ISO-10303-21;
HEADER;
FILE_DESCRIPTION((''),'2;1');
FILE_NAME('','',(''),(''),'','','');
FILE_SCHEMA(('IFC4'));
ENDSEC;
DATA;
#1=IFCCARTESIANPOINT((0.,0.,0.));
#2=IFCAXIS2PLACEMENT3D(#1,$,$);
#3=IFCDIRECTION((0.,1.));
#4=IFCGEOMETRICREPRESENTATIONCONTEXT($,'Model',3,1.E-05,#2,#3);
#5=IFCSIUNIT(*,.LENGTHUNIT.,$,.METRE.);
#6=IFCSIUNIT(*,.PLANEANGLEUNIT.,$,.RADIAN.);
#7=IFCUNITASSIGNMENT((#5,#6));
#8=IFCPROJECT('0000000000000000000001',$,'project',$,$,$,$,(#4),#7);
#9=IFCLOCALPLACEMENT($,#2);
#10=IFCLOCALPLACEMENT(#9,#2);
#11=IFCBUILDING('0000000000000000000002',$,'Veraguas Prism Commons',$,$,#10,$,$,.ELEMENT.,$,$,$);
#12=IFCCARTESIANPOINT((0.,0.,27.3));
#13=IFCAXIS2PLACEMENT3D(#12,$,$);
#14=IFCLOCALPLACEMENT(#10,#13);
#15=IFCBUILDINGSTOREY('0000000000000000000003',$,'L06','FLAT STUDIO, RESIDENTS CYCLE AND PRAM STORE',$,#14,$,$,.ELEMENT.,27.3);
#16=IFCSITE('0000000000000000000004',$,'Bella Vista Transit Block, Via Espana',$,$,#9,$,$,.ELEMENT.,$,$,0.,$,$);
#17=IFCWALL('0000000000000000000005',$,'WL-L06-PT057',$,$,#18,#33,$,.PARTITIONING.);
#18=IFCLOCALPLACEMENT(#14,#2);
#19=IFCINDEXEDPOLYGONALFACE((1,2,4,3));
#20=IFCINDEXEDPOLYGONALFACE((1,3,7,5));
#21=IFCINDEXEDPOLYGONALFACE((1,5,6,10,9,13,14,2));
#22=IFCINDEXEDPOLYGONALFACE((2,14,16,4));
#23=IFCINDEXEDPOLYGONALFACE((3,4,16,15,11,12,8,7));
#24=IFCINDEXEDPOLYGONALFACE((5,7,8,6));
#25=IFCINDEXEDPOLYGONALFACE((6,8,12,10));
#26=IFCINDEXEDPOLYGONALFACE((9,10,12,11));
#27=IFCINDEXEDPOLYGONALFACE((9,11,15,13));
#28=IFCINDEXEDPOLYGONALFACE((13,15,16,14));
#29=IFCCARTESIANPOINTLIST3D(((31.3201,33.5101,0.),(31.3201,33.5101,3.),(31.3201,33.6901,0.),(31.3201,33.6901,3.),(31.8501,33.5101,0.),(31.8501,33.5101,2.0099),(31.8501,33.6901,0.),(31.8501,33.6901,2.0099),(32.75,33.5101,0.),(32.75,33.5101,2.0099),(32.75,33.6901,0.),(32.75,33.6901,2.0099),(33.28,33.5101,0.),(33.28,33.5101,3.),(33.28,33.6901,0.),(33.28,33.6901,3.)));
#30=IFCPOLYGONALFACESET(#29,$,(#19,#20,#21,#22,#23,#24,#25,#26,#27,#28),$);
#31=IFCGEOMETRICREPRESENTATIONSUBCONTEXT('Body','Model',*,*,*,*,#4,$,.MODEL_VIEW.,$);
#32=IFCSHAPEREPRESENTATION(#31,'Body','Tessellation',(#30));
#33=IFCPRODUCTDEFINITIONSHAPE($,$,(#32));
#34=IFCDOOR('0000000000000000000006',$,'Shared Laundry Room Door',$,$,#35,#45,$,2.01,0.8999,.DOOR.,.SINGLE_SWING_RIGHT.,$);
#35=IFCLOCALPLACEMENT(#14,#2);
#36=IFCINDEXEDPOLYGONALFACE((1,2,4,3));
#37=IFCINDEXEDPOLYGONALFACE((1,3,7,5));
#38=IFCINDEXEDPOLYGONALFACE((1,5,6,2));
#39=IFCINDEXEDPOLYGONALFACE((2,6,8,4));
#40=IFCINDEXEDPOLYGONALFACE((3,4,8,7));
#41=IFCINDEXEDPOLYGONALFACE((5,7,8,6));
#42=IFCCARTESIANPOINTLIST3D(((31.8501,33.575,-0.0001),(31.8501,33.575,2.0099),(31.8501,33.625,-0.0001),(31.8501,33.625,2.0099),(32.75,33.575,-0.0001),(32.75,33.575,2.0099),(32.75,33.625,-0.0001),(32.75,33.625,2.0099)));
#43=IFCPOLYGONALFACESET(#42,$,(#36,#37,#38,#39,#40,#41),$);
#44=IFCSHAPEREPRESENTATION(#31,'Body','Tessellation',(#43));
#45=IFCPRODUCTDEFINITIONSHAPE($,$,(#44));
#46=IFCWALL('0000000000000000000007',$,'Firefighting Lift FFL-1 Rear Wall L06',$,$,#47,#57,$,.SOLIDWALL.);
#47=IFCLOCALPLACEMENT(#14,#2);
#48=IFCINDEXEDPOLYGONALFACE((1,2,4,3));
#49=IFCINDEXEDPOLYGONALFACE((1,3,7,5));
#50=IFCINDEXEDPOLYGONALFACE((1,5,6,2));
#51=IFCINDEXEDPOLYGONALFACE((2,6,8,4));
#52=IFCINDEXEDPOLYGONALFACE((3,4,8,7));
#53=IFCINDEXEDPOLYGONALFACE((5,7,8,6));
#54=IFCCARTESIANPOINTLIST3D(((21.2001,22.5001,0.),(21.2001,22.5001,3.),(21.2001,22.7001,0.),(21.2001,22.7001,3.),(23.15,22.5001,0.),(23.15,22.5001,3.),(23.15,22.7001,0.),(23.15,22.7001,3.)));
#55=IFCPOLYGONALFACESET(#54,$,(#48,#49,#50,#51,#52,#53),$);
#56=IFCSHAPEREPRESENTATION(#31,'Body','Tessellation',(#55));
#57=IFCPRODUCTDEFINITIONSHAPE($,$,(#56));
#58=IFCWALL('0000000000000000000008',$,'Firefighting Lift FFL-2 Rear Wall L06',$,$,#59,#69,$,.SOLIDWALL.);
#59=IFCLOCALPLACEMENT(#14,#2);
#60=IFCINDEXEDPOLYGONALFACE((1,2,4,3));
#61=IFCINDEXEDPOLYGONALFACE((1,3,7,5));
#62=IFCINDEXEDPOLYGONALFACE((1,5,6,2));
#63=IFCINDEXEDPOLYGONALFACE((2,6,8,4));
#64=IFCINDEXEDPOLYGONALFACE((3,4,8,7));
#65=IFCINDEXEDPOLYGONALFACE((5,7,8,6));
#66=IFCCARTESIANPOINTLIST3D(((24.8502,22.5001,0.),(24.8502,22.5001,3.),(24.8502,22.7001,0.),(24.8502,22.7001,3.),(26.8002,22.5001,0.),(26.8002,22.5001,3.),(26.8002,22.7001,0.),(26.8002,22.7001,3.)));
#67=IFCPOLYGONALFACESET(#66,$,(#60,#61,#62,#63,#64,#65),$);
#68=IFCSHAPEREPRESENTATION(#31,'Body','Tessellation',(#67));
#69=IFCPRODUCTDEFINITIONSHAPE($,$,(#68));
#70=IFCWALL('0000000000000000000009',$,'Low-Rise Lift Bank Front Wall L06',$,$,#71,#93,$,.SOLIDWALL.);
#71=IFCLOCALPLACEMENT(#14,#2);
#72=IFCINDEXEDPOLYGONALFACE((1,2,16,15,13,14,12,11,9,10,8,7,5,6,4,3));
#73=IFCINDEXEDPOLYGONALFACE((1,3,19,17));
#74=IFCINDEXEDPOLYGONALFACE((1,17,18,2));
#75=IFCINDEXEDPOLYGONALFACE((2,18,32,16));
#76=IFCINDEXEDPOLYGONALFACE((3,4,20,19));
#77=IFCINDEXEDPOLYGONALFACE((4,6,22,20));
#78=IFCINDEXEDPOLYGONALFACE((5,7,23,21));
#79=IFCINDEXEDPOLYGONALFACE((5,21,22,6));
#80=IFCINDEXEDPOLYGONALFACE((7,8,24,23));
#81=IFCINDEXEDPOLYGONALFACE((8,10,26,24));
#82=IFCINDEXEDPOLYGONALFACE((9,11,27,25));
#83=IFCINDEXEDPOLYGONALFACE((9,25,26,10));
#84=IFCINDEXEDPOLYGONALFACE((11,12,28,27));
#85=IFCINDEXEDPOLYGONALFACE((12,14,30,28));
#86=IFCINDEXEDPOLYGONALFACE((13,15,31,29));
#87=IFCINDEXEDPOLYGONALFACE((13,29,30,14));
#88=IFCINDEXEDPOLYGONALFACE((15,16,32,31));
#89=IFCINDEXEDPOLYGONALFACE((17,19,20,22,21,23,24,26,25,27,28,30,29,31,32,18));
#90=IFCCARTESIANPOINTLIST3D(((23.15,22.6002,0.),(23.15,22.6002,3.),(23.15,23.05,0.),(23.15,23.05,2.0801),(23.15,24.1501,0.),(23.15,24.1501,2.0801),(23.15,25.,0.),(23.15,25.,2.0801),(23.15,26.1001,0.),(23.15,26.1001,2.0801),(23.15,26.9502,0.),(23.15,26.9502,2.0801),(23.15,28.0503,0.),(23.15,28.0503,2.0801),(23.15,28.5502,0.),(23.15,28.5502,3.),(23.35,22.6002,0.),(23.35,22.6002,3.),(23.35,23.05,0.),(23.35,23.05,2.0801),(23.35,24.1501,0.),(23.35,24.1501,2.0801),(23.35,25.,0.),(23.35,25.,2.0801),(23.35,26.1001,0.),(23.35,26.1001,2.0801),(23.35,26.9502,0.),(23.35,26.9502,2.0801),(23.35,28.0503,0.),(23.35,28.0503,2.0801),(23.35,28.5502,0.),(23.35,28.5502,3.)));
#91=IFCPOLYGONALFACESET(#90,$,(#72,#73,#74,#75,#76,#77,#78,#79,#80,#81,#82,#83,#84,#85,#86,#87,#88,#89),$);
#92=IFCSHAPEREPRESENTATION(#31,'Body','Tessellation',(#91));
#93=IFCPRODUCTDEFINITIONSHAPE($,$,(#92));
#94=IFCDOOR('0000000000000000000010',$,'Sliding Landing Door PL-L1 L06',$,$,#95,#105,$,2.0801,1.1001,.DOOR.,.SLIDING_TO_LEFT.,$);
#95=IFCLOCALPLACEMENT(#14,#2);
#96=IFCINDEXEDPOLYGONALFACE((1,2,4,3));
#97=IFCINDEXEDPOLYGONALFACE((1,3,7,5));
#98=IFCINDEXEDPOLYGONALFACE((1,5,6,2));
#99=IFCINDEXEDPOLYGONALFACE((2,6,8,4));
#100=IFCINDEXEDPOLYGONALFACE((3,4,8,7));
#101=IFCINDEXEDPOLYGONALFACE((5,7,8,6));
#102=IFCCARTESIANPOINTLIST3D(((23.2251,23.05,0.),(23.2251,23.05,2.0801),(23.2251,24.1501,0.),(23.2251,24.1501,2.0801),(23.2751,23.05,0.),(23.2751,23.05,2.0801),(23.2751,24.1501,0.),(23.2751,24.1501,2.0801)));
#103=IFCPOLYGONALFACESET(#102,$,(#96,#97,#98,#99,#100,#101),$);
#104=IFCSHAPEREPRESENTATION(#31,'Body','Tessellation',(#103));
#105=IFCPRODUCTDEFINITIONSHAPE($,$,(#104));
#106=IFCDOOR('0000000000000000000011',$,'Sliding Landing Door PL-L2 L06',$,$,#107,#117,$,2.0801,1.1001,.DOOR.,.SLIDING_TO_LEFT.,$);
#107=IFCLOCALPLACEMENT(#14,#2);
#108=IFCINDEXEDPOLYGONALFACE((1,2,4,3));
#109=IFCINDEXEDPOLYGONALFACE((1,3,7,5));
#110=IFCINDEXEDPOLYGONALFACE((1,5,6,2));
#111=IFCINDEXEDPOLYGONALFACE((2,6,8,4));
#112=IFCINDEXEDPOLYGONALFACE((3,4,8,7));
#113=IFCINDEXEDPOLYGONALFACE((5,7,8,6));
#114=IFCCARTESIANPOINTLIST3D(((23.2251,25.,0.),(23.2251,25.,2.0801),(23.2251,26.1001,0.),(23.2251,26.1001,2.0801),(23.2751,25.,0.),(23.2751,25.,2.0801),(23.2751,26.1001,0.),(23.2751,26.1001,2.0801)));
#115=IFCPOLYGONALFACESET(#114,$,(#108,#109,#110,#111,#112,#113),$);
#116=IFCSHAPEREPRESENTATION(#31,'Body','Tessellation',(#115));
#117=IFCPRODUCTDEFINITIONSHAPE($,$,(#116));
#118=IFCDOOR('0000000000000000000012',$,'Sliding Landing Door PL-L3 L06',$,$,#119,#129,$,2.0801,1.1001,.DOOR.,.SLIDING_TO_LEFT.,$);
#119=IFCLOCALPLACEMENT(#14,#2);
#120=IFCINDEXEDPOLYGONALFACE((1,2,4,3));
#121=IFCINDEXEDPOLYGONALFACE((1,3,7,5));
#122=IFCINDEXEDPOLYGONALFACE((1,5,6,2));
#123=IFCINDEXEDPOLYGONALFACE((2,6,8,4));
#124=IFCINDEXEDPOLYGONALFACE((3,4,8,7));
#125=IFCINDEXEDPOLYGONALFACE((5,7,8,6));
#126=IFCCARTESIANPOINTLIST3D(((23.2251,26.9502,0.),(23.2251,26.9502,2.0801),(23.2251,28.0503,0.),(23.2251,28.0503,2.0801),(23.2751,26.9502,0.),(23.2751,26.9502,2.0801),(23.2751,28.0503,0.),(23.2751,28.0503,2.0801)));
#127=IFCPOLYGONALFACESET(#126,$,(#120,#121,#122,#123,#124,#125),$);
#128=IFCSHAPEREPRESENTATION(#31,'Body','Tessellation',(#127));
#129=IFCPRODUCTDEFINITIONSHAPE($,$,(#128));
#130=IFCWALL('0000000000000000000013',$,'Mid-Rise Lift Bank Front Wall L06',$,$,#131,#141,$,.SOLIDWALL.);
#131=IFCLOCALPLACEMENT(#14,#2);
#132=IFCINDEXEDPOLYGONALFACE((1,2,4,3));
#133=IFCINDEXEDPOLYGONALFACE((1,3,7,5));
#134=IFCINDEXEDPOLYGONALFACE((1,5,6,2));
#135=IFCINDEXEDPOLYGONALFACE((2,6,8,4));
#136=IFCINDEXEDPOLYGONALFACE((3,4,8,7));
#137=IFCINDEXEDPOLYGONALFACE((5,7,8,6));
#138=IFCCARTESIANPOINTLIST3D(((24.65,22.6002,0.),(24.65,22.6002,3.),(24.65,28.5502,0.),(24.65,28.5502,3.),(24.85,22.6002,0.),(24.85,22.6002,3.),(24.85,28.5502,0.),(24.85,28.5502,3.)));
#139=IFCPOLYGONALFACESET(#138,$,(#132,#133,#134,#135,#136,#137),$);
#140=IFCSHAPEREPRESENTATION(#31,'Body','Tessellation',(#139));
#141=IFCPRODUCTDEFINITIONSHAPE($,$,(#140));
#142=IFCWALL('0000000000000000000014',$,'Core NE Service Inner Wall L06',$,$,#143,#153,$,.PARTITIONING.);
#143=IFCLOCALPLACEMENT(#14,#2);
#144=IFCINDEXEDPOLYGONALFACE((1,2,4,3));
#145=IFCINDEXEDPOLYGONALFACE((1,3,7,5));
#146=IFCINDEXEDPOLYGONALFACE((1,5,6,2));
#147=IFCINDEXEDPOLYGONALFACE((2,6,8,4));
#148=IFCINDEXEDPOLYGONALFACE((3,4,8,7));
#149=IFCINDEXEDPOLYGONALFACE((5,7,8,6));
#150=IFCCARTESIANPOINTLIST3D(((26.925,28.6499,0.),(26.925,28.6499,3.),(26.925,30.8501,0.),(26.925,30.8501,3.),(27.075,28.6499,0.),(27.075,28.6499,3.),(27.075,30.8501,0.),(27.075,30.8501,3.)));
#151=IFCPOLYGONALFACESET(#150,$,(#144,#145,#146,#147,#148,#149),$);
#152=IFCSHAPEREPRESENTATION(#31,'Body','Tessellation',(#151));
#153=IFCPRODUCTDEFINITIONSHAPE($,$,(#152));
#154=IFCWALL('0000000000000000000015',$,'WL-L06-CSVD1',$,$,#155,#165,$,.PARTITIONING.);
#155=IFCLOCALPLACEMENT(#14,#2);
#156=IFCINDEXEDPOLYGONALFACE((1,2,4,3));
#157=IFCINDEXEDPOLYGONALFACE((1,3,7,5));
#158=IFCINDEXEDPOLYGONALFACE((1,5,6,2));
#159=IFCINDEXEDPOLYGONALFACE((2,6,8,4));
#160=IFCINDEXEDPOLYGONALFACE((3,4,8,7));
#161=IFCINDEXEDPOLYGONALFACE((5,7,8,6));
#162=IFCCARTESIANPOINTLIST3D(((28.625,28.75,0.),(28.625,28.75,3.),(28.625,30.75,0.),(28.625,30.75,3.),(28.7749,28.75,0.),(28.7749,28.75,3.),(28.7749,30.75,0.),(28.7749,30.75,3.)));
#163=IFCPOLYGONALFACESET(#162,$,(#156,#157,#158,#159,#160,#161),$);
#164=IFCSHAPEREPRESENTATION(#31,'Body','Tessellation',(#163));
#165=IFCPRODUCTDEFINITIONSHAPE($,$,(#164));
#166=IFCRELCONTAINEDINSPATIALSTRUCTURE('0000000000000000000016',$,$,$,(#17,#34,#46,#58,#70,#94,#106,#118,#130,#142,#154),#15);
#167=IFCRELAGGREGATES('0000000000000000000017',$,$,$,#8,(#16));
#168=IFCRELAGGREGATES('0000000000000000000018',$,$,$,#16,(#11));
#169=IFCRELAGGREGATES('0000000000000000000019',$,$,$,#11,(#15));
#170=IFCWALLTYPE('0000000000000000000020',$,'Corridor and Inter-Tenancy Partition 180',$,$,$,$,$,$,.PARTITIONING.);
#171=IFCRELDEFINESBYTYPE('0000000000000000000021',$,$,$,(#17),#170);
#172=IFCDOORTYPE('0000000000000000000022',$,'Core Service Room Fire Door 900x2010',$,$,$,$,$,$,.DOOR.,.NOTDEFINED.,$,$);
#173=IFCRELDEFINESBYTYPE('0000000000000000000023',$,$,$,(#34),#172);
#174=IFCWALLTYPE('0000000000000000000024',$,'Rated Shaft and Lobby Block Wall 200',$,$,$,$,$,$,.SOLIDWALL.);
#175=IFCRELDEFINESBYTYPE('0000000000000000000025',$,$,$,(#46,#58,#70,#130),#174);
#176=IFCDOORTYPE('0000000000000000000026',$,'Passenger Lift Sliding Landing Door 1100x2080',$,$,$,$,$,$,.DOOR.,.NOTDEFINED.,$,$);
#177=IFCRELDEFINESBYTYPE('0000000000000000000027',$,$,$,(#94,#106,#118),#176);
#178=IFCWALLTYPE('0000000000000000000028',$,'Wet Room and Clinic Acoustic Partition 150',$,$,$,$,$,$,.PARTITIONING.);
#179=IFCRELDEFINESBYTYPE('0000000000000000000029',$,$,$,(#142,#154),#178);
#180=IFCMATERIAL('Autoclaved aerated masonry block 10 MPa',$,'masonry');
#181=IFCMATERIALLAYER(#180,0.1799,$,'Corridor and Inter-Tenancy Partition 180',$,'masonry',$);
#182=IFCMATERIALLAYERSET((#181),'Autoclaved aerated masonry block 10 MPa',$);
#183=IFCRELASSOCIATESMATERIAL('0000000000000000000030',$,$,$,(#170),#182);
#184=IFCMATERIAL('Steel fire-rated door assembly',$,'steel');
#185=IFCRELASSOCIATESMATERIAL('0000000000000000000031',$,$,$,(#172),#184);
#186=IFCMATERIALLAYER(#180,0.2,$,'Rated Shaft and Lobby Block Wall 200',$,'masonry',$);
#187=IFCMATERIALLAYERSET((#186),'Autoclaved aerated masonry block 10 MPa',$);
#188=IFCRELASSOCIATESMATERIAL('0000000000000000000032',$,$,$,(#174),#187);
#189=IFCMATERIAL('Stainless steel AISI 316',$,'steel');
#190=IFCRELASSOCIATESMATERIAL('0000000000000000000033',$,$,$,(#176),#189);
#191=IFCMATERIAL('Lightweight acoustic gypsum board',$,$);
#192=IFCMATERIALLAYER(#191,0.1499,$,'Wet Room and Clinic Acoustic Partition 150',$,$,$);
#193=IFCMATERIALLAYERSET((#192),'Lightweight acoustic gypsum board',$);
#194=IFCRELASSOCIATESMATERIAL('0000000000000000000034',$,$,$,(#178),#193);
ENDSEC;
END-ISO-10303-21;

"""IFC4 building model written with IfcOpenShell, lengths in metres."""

from ifc_helpers import new_model, si_unit, direction, frame, frame_2d, origin, place, context, subcontext, project, spatial, rectangle, extrude, source, transform, mapped, material, layer, layer_set, type_object, element, fill, save


model = new_model("IFC4")

# Units and contexts
model_context = context("Model", 3, precision=1e-05, world=origin(), true_north=direction((0.0, 1.0)))
body_context = subcontext(model_context, "Body", "Model", "MODEL_VIEW")
ifc_project = project(units=[si_unit("LENGTHUNIT", "METRE"), si_unit("PLANEANGLEUNIT", "RADIAN")], contexts=[model_context])

# Site, building, storey
site_placement = place(None, origin())
site = spatial("IfcSite", under=ifc_project, at=site_placement, Name="Bella Vista Transit Block, Via Espana", CompositionType="ELEMENT", RefElevation=0.0)
building_placement = place(site_placement, origin())
building = spatial("IfcBuilding", under=site, at=building_placement, Name="Veraguas Prism Commons", CompositionType="ELEMENT")
storey_placement = place(building_placement, frame((0.0, 0.0, 27.3)))
storey = spatial("IfcBuildingStorey", under=building, at=storey_placement, Name="L06", Description="FLAT STUDIO, RESIDENTS CYCLE AND PRAM STORE", CompositionType="ELEMENT", Elevation=27.3)

# Shared definitions
ifc_material_1 = material(Name="Steel fire-rated door assembly", Category="steel")

# Wall, opening, door
ifc_material_2 = material(Name="Autoclaved aerated masonry block 10 MPa", Category="masonry")
ifc_layer_1 = layer(ifc_material_2, 0.1799, Name="Corridor and Inter-Tenancy Partition 180", Category="masonry")
ifc_layer_set_1 = layer_set([ifc_layer_1], Name="Autoclaved aerated masonry block 10 MPa")
wall_type_1 = type_object("IfcWallType", Name="Corridor and Inter-Tenancy Partition 180", PredefinedType="PARTITIONING", material=ifc_layer_set_1)
wall_1_placement = place(storey_placement, frame((31.3201, 33.6001, 0.0), z_axis=(0.0, 0.0, 1.0), x_axis=(1.0, 0.0, 0.0)))
wall_1 = element("IfcWall", 1, at=wall_1_placement, inside=storey, type_object=wall_type_1, Name="WL-L06-PT057", PredefinedType="PARTITIONING", context=body_context, shape_type="SweptSolid", body=[
    extrude(rectangle(XDim=1.96, YDim=0.1799, at=frame_2d((0.98, 0.0))), origin(), (0.0, 0.0, 1.0), 3.0),
])
opening_1_placement = place(wall_1_placement, frame((0.53, 0.0, 0.0)))
opening_1 = element("IfcOpeningElement", 2, at=opening_1_placement, cuts=wall_1, PredefinedType="OPENING", context=body_context, shape_type="SweptSolid", body=[
    extrude(rectangle(XDim=0.8999, YDim=2.01, at=frame_2d((0.45, 1.0049))), frame((0.0, 0.0999, 0.0), z_axis=(0.0, -1.0, 0.0), x_axis=(1.0, 0.0, 0.0)), (0.0, 0.0, 1.0), 0.2),
])
door_type_1 = type_object("IfcDoorType", Name="Core Service Room Fire Door 900x2010", OperationType="NOTDEFINED", PredefinedType="DOOR", material=ifc_material_1)
shared_shape_1 = source(origin(), body_context, "Body", "SweptSolid", [
    extrude(rectangle(XDim=0.8999, YDim=2.01, at=frame_2d((0.45, 1.0049))), frame((0.0, 0.0249, 0.0), z_axis=(0.0, -1.0, 0.0), x_axis=(1.0, 0.0, 0.0)), (0.0, 0.0, 1.0), 0.05),
])
door_1_placement = place(opening_1_placement, origin())
door_1 = element("IfcDoor", 3, at=door_1_placement, inside=storey, type_object=door_type_1, Name="Shared Laundry Room Door", OperationType="SINGLE_SWING_RIGHT", OverallHeight=2.01, OverallWidth=0.8999, PredefinedType="DOOR", context=body_context, shape_type="MappedRepresentation", body=[
    mapped(shared_shape_1, transform((0.0, 0.0, 0.0), scale=1.0)),
])
fill(opening_1, door_1)

# Walls
ifc_layer_2 = layer(ifc_material_2, 0.2, Name="Rated Shaft and Lobby Block Wall 200", Category="masonry")
ifc_layer_set_2 = layer_set([ifc_layer_2], Name="Autoclaved aerated masonry block 10 MPa")
wall_type_2 = type_object("IfcWallType", Name="Rated Shaft and Lobby Block Wall 200", PredefinedType="SOLIDWALL", material=ifc_layer_set_2)
for number, where, z_axis, x_axis, name in (
    (4, (21.2, 22.6001, 0.0), (0.0, 0.0, 1.0), (1.0, 0.0, 0.0), "Firefighting Lift FFL-1 Rear Wall L06"),
    (5, (24.8501, 22.6001, 0.0), (0.0, 0.0, 1.0), (1.0, 0.0, 0.0), "Firefighting Lift FFL-2 Rear Wall L06"),
):
    element("IfcWall", number, at=place(storey_placement, frame(where, z_axis=z_axis, x_axis=x_axis)), inside=storey, type_object=wall_type_2, Name=name, PredefinedType="SOLIDWALL", context=body_context, shape_type="SweptSolid", body=[
        extrude(rectangle(XDim=1.95, YDim=0.2, at=frame_2d((0.9751, 0.0))), origin(), (0.0, 0.0, 1.0), 3.0),
    ])

# Wall, openings, doors
wall_2_placement = place(storey_placement, frame((23.25, 22.6001, 0.0), z_axis=(0.0, 0.0, 1.0), x_axis=(0.0, 1.0, 0.0)))
wall_2 = element("IfcWall", 6, at=wall_2_placement, inside=storey, type_object=wall_type_2, Name="Low-Rise Lift Bank Front Wall L06", PredefinedType="SOLIDWALL", context=body_context, shape_type="SweptSolid", body=[
    extrude(rectangle(XDim=5.95, YDim=0.2, at=frame_2d((2.9751, 0.0))), origin(), (0.0, 0.0, 1.0), 3.0),
])
opening_2_placement = place(wall_2_placement, frame((0.45, 0.0, 0.0)))
opening_2 = element("IfcOpeningElement", 7, at=opening_2_placement, cuts=wall_2, PredefinedType="OPENING", context=body_context, shape_type="SweptSolid", body=[
    extrude(rectangle(XDim=1.1001, YDim=2.0801, at=frame_2d((0.55, 1.04))), frame((0.0, 0.1099, 0.0), z_axis=(0.0, -1.0, 0.0), x_axis=(1.0, 0.0, 0.0)), (0.0, 0.0, 1.0), 0.22),
])
opening_3_placement = place(wall_2_placement, frame((2.3999, 0.0, 0.0)))
opening_3 = element("IfcOpeningElement", 8, at=opening_3_placement, cuts=wall_2, PredefinedType="OPENING", context=body_context, shape_type="SweptSolid", body=[
    extrude(rectangle(XDim=1.1001, YDim=2.0801, at=frame_2d((0.55, 1.04))), frame((0.0, 0.1099, 0.0), z_axis=(0.0, -1.0, 0.0), x_axis=(1.0, 0.0, 0.0)), (0.0, 0.0, 1.0), 0.22),
])
opening_4_placement = place(wall_2_placement, frame((4.3501, 0.0, 0.0)))
opening_4 = element("IfcOpeningElement", 9, at=opening_4_placement, cuts=wall_2, PredefinedType="OPENING", context=body_context, shape_type="SweptSolid", body=[
    extrude(rectangle(XDim=1.1001, YDim=2.0801, at=frame_2d((0.55, 1.04))), frame((0.0, 0.1099, 0.0), z_axis=(0.0, -1.0, 0.0), x_axis=(1.0, 0.0, 0.0)), (0.0, 0.0, 1.0), 0.22),
])
ifc_material_3 = material(Name="Stainless steel AISI 316", Category="steel")
door_type_2 = type_object("IfcDoorType", Name="Passenger Lift Sliding Landing Door 1100x2080", OperationType="NOTDEFINED", PredefinedType="DOOR", material=ifc_material_3)
shared_shape_2 = source(origin(), body_context, "Body", "SweptSolid", [
    extrude(rectangle(XDim=1.1001, YDim=2.0801, at=frame_2d((0.55, 1.04))), frame((0.0, 0.0249, 0.0), z_axis=(0.0, -1.0, 0.0), x_axis=(1.0, 0.0, 0.0)), (0.0, 0.0, 1.0), 0.05),
])
door_2_placement = place(opening_2_placement, origin())
door_2 = element("IfcDoor", 10, at=door_2_placement, inside=storey, type_object=door_type_2, Name="Sliding Landing Door PL-L1 L06", OperationType="SLIDING_TO_LEFT", OverallHeight=2.0801, OverallWidth=1.1001, PredefinedType="DOOR", context=body_context, shape_type="MappedRepresentation", body=[
    mapped(shared_shape_2, transform((0.0, 0.0, 0.0), scale=1.0)),
])
fill(opening_2, door_2)
door_3_placement = place(opening_3_placement, origin())
door_3 = element("IfcDoor", 11, at=door_3_placement, inside=storey, type_object=door_type_2, Name="Sliding Landing Door PL-L2 L06", OperationType="SLIDING_TO_LEFT", OverallHeight=2.0801, OverallWidth=1.1001, PredefinedType="DOOR", context=body_context, shape_type="MappedRepresentation", body=[
    mapped(shared_shape_2, transform((0.0, 0.0, 0.0), scale=1.0)),
])
fill(opening_3, door_3)
door_4_placement = place(opening_4_placement, origin())
door_4 = element("IfcDoor", 12, at=door_4_placement, inside=storey, type_object=door_type_2, Name="Sliding Landing Door PL-L3 L06", OperationType="SLIDING_TO_LEFT", OverallHeight=2.0801, OverallWidth=1.1001, PredefinedType="DOOR", context=body_context, shape_type="MappedRepresentation", body=[
    mapped(shared_shape_2, transform((0.0, 0.0, 0.0), scale=1.0)),
])
fill(opening_4, door_4)

# Walls
wall_3_placement = place(storey_placement, frame((24.75, 22.6001, 0.0), z_axis=(0.0, 0.0, 1.0), x_axis=(0.0, 1.0, 0.0)))
element("IfcWall", 13, at=wall_3_placement, inside=storey, type_object=wall_type_2, Name="Mid-Rise Lift Bank Front Wall L06", PredefinedType="SOLIDWALL", context=body_context, shape_type="SweptSolid", body=[
    extrude(rectangle(XDim=5.95, YDim=0.2, at=frame_2d((2.9751, 0.0))), origin(), (0.0, 0.0, 1.0), 3.0),
])
ifc_material_4 = material(Name="Lightweight acoustic gypsum board")
ifc_layer_3 = layer(ifc_material_4, 0.1499, Name="Wet Room and Clinic Acoustic Partition 150")
ifc_layer_set_3 = layer_set([ifc_layer_3], Name="Lightweight acoustic gypsum board")
wall_type_3 = type_object("IfcWallType", Name="Wet Room and Clinic Acoustic Partition 150", PredefinedType="PARTITIONING", material=ifc_layer_set_3)
wall_4_placement = place(storey_placement, frame((27.0, 28.6499, 0.0), z_axis=(0.0, 0.0, 1.0), x_axis=(0.0, 1.0, 0.0)))
element("IfcWall", 14, at=wall_4_placement, inside=storey, type_object=wall_type_3, Name="Core NE Service Inner Wall L06", PredefinedType="PARTITIONING", context=body_context, shape_type="SweptSolid", body=[
    extrude(rectangle(XDim=2.2002, YDim=0.1499, at=frame_2d((1.1001, 0.0))), origin(), (0.0, 0.0, 1.0), 3.0),
])
wall_5_placement = place(storey_placement, frame((28.7, 28.75, 0.0), z_axis=(0.0, 0.0, 1.0), x_axis=(0.0, 1.0, 0.0)))
element("IfcWall", 15, at=wall_5_placement, inside=storey, type_object=wall_type_3, Name="WL-L06-CSVD1", PredefinedType="PARTITIONING", context=body_context, shape_type="SweptSolid", body=[
    extrude(rectangle(XDim=2.0, YDim=0.1499, at=frame_2d((1.0, 0.0))), origin(), (0.0, 0.0, 1.0), 3.0),
])

save(model, "model.ifc")
